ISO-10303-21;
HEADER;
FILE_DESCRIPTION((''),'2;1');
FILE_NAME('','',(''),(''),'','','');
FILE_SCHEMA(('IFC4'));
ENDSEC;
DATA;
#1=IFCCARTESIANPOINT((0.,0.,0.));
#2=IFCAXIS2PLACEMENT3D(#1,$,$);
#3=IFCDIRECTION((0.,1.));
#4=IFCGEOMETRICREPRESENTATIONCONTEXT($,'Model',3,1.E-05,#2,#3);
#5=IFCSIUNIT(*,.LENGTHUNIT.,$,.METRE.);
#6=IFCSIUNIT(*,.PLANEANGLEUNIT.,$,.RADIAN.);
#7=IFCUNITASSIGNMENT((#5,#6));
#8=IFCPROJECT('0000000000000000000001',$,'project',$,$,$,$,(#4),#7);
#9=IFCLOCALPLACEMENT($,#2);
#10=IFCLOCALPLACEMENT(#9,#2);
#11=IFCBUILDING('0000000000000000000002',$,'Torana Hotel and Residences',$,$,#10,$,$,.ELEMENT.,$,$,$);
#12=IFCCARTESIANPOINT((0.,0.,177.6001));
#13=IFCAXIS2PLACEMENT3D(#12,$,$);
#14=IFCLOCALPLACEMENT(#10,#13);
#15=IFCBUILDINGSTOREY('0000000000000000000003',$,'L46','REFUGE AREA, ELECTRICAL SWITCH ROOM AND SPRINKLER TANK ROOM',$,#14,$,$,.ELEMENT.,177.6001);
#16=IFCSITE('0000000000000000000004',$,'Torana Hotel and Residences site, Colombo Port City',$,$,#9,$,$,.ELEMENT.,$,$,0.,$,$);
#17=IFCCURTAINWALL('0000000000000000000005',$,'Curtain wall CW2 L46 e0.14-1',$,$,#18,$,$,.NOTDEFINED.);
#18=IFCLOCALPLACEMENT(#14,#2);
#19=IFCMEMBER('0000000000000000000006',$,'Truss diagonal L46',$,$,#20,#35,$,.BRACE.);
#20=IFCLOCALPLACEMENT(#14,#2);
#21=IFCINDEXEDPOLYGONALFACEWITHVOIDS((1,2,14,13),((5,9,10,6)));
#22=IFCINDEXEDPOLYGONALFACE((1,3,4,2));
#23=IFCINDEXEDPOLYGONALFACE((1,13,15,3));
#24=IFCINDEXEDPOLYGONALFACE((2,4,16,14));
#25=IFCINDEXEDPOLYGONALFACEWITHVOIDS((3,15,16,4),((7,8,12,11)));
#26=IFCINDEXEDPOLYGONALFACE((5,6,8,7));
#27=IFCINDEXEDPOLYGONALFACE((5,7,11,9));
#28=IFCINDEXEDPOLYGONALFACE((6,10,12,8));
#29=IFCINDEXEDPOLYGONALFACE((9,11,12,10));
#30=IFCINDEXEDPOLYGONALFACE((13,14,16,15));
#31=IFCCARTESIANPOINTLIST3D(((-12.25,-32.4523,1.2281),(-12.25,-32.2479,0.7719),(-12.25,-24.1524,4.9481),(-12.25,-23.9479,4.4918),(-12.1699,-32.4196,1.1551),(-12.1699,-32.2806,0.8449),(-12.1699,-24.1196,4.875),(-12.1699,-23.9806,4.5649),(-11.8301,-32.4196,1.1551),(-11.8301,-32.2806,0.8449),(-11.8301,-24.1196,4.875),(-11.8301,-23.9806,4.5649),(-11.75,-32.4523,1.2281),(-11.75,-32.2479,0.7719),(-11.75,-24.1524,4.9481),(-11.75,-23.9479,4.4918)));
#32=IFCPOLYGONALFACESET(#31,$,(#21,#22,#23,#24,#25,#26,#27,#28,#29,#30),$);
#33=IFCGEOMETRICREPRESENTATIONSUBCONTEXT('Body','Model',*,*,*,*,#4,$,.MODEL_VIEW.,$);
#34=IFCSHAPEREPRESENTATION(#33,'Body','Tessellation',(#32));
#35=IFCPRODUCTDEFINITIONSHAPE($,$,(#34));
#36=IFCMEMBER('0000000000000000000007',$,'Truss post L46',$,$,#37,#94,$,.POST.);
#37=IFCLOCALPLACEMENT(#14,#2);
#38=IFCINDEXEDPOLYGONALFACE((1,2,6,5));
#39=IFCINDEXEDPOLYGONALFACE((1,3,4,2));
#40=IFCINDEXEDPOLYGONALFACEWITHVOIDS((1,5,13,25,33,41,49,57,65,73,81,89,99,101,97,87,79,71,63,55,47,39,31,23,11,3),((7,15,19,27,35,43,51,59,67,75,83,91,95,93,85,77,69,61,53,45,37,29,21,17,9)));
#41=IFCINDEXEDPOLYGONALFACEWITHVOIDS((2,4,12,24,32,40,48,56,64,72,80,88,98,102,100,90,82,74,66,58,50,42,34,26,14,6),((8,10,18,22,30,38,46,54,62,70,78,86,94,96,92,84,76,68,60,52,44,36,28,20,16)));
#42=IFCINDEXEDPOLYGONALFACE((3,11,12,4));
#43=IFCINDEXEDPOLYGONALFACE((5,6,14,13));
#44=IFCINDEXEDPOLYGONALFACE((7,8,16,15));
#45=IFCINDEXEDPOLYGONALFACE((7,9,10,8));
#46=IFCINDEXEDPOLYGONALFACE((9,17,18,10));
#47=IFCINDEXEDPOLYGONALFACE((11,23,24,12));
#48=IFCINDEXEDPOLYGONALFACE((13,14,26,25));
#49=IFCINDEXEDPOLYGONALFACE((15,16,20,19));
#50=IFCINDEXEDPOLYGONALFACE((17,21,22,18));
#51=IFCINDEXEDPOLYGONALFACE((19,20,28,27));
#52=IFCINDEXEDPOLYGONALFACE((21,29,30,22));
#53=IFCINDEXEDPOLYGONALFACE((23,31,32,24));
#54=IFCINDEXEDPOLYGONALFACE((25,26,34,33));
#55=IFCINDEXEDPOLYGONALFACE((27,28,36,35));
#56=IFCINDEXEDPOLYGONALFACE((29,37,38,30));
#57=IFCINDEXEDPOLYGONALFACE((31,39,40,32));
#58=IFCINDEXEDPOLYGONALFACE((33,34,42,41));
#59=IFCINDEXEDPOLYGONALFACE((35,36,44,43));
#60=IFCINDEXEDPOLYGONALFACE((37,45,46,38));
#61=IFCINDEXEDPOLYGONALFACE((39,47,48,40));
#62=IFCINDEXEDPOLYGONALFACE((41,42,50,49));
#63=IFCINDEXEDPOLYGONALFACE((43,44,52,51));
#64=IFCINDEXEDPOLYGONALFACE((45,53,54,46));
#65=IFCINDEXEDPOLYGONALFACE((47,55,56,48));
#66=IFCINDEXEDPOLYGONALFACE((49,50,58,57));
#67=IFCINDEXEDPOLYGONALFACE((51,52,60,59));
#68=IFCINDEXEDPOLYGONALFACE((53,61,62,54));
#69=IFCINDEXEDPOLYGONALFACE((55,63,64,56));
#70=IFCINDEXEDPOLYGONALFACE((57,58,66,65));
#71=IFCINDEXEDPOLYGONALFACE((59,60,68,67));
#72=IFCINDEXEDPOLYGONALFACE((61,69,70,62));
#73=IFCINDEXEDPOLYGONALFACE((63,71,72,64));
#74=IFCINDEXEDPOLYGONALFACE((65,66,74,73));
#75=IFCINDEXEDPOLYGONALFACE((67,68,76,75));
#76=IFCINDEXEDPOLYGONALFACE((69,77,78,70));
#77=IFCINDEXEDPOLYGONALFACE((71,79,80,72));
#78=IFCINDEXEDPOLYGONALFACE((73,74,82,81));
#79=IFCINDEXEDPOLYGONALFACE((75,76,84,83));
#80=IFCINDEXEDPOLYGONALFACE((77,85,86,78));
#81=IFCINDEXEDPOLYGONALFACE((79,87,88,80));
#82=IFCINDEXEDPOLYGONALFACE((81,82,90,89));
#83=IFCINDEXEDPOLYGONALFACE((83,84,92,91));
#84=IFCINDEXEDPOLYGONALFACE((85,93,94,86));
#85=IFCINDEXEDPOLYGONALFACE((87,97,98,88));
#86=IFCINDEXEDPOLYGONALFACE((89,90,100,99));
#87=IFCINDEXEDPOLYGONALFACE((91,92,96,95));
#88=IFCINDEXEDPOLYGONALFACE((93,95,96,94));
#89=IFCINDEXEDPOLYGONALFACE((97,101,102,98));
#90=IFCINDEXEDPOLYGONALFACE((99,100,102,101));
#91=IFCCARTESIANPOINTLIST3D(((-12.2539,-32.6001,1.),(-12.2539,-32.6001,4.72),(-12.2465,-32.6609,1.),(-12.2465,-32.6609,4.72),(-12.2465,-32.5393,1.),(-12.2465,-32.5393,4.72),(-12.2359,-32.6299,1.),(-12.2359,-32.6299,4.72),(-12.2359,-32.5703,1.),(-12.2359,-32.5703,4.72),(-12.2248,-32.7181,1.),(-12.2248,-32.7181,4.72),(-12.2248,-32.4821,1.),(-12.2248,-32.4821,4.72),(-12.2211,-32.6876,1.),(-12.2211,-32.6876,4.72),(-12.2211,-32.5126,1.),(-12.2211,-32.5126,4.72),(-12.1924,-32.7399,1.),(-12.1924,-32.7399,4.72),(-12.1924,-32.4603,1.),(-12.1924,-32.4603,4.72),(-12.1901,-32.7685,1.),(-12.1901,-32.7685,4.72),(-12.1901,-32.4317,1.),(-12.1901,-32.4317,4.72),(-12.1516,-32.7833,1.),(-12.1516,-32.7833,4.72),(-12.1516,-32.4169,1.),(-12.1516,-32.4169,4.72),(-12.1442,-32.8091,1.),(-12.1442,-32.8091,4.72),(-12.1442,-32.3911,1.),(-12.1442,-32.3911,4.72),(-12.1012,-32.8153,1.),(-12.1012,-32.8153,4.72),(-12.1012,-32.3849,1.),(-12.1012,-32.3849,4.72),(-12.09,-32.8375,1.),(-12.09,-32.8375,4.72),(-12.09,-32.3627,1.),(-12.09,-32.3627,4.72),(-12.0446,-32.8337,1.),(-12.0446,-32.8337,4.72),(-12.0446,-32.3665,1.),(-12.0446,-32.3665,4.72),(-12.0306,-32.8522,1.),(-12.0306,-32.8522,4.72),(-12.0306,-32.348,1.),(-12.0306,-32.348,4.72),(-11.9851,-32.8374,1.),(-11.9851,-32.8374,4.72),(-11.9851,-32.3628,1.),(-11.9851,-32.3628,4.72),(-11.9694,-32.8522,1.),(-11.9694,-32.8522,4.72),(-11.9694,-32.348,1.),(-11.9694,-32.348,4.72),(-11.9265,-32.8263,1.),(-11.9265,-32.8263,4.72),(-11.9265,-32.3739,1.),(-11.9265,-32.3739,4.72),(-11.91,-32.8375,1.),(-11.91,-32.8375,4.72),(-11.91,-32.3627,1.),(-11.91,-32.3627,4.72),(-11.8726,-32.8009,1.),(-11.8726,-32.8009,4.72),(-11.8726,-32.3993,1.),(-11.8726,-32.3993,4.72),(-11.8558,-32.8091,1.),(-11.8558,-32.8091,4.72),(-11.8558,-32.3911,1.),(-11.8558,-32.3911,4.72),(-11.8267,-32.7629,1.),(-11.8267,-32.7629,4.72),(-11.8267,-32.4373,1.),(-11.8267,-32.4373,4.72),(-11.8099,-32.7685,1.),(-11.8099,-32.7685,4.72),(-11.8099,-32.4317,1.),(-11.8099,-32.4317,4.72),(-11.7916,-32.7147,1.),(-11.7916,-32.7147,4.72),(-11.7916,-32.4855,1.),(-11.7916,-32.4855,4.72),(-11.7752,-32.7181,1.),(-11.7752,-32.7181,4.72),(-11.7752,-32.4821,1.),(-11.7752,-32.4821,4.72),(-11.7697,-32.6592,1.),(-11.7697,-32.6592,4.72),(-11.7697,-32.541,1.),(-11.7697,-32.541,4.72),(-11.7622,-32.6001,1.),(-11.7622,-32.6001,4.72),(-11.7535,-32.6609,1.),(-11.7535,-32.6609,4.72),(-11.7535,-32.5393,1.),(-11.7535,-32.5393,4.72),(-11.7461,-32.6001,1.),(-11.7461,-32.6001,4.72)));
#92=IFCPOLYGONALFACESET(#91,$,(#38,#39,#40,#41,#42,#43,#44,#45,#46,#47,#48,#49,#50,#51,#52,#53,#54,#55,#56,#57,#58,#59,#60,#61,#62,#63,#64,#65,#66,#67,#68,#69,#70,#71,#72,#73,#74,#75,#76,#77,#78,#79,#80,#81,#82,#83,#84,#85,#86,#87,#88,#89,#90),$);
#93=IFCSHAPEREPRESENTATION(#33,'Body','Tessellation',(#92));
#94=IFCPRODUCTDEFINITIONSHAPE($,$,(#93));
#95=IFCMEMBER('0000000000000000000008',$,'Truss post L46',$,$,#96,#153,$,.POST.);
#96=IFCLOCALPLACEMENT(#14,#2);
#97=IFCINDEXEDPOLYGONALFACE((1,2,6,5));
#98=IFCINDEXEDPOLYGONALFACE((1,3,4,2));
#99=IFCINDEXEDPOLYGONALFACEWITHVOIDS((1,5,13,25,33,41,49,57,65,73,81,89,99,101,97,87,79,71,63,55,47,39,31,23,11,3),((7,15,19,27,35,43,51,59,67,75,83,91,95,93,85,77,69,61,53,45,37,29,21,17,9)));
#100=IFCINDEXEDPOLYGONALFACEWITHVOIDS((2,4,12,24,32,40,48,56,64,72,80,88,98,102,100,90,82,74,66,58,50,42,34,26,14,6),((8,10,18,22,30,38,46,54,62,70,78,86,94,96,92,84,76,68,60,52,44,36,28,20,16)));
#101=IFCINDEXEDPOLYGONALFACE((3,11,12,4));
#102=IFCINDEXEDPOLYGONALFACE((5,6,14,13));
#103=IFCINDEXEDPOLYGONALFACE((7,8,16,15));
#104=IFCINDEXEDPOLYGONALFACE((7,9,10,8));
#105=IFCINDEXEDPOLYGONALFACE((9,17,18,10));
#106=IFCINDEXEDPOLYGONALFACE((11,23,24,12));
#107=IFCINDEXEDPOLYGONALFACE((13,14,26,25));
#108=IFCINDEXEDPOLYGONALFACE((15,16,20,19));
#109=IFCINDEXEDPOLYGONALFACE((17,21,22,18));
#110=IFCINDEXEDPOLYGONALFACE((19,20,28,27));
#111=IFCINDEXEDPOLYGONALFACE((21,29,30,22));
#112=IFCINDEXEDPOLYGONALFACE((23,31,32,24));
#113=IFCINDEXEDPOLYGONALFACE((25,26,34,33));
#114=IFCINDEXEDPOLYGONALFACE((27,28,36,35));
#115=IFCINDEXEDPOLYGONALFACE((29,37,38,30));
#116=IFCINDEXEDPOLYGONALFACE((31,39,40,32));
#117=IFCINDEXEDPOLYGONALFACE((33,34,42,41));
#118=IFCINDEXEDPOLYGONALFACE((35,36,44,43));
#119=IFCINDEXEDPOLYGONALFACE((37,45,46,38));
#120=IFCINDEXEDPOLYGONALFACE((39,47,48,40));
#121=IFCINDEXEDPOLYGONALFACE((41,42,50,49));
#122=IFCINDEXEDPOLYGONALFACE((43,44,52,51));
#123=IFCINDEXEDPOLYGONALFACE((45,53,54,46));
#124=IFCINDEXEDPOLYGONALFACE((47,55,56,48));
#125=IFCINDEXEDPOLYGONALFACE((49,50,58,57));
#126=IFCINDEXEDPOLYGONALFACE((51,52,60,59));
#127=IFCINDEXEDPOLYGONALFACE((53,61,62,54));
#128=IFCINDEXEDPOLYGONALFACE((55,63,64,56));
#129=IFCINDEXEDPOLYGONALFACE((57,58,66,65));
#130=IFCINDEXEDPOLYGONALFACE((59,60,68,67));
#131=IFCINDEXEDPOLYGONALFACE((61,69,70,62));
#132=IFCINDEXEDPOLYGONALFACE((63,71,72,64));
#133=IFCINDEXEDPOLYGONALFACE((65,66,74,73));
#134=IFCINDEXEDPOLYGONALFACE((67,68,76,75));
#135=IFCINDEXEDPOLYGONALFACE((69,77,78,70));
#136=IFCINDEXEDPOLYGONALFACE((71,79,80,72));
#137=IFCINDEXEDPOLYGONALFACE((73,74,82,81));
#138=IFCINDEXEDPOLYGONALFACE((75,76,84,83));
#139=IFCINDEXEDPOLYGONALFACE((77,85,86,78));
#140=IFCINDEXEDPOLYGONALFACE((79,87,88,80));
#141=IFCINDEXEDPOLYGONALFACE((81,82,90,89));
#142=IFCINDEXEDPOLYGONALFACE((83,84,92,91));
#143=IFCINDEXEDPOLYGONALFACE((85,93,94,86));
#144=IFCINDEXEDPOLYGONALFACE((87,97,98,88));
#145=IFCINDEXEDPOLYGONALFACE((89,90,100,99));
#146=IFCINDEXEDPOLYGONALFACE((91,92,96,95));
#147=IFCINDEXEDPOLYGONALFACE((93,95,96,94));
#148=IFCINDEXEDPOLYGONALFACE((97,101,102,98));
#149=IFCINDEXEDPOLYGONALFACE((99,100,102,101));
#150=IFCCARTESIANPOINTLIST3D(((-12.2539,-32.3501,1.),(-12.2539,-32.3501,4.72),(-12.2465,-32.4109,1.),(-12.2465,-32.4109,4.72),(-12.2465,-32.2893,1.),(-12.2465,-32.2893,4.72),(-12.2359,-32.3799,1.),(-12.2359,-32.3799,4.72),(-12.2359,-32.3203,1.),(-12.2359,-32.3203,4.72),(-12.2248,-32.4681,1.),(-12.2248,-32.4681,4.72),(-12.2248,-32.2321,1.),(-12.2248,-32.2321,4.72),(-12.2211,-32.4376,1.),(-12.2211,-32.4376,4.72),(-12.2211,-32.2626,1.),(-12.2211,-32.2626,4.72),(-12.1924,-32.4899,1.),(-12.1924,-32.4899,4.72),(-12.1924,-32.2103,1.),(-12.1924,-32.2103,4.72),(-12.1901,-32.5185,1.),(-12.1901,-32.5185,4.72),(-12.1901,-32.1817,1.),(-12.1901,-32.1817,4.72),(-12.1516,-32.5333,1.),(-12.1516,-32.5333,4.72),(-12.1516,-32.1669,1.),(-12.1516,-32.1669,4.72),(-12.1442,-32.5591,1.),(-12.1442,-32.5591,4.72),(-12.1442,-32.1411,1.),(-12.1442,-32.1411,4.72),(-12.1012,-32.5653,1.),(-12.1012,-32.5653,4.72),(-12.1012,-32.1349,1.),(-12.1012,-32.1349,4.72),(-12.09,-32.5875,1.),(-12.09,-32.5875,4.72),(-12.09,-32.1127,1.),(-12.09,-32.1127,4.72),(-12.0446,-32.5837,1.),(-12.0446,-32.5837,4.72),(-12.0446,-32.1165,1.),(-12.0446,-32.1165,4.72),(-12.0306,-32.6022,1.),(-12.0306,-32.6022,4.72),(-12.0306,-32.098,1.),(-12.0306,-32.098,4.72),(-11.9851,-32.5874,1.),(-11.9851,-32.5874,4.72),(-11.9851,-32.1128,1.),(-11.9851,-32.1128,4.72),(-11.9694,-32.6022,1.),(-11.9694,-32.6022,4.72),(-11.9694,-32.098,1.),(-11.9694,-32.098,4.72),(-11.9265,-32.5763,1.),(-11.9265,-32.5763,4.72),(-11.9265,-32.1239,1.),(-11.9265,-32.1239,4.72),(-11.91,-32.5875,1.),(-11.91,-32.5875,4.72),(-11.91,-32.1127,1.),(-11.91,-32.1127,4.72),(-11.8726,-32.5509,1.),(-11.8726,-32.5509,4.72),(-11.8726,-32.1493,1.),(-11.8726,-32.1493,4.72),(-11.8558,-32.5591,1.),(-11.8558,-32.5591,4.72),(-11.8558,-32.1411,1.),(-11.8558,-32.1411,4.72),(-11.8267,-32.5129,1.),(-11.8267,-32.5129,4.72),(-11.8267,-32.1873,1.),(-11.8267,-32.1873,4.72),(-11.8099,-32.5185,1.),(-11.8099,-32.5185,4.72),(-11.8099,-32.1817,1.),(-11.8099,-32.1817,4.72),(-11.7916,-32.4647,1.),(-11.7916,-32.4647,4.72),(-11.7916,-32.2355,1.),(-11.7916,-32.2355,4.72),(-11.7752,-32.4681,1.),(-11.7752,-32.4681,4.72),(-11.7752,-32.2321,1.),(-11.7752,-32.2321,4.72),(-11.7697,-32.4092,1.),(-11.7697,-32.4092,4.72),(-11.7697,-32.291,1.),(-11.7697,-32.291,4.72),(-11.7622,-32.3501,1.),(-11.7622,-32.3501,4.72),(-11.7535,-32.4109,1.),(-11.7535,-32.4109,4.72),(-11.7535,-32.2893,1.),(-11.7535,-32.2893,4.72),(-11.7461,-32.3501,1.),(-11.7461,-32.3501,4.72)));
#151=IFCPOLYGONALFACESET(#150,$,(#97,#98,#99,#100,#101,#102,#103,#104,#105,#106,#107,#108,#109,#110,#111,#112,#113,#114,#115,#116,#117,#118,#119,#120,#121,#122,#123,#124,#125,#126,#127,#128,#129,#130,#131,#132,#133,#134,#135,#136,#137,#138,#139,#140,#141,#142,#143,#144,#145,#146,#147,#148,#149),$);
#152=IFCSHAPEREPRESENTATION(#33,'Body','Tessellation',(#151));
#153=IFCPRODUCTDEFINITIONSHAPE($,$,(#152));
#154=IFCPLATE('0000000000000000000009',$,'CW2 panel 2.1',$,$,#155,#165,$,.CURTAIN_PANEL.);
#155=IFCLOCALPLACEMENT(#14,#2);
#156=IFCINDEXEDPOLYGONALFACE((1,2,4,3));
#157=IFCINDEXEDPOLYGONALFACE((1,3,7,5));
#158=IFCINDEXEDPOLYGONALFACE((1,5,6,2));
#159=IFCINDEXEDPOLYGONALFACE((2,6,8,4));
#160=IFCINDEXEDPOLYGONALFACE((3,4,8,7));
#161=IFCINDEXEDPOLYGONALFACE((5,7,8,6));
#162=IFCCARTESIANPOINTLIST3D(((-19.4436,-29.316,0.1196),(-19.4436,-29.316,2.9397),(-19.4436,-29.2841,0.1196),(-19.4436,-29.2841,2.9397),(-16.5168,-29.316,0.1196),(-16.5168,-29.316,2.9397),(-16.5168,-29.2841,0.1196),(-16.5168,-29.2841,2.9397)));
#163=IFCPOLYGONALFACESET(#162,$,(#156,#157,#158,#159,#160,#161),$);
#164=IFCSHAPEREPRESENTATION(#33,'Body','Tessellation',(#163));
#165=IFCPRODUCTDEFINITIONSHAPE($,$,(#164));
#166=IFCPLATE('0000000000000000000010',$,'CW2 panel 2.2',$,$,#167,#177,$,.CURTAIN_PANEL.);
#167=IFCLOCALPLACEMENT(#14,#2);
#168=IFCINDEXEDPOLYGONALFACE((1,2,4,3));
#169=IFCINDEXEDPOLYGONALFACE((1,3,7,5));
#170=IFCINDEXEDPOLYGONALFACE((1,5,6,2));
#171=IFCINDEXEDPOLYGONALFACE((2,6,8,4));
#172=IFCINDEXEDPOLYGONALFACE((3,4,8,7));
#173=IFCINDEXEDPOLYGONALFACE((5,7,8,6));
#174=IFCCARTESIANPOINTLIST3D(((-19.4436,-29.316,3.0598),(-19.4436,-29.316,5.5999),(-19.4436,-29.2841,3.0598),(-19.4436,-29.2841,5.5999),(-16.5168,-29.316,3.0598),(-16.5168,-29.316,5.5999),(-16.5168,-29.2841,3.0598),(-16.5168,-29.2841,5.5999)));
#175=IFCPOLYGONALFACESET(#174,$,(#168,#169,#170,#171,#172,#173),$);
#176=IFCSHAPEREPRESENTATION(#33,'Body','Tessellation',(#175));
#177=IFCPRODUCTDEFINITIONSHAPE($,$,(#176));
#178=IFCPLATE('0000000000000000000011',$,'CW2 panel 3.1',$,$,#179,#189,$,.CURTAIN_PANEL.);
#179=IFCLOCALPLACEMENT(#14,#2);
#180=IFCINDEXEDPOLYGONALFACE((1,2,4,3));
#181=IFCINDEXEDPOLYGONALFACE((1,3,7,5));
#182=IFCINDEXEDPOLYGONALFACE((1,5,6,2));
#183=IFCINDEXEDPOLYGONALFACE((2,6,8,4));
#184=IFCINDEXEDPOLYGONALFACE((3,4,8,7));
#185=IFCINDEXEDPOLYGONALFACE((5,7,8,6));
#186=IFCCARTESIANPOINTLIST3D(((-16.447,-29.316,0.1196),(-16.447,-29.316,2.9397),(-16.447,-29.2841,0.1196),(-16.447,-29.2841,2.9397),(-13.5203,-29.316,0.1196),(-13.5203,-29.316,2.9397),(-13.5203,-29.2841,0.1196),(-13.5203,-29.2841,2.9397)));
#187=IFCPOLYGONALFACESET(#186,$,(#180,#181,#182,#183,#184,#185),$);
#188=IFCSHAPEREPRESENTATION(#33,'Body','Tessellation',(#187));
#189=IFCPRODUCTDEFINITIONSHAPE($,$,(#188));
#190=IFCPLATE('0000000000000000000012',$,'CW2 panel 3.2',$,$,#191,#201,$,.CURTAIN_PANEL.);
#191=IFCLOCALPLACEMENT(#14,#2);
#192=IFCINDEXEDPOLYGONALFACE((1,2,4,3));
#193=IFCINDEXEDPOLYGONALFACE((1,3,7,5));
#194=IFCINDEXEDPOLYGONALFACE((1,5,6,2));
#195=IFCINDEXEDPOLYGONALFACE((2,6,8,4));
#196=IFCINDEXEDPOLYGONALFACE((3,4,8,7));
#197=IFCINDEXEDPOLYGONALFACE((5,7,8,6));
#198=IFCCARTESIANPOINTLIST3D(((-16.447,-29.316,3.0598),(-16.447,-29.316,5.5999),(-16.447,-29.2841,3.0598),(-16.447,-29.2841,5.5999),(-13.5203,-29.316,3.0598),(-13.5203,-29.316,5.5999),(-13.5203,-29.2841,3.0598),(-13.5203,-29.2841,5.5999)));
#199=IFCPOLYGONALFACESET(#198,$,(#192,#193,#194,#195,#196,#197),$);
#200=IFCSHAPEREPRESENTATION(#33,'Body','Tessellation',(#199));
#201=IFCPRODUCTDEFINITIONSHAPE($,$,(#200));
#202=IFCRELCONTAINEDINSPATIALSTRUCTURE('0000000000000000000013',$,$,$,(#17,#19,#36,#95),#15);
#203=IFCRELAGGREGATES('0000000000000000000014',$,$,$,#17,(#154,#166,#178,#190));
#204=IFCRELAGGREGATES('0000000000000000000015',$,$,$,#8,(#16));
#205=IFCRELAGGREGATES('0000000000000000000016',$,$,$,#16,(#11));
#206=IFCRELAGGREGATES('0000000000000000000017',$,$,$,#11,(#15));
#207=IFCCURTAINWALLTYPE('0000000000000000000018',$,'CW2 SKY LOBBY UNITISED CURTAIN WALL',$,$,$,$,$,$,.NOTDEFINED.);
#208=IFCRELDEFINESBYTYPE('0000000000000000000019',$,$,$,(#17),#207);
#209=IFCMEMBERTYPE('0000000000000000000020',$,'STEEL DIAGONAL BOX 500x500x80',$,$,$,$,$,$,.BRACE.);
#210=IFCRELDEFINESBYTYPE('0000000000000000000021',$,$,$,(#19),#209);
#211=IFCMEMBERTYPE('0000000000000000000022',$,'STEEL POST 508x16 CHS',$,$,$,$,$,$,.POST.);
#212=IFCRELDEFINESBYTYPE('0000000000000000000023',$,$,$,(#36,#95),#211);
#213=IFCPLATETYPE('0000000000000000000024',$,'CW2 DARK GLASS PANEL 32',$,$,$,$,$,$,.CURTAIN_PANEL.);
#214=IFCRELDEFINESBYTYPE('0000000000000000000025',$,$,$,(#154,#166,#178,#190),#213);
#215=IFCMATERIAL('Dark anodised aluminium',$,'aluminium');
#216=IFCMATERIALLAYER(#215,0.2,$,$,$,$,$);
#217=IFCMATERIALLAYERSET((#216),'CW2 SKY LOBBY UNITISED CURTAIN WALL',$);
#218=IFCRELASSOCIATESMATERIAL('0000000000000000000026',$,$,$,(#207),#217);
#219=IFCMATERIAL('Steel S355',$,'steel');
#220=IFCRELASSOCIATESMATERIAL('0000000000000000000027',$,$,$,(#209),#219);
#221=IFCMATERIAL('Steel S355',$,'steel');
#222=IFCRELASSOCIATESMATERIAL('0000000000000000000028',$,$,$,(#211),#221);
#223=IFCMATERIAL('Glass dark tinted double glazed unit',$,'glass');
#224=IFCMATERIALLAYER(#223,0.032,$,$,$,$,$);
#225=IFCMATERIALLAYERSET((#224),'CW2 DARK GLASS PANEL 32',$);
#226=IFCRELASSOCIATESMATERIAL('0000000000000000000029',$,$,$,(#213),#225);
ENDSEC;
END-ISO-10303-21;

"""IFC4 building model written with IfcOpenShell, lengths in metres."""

from ifc_helpers import new_model, si_unit, direction, frame, origin, origin_2d, place, context, subcontext, project, spatial, rectangle, hollow_rectangle, hollow_circle, extrude, material, layer, layer_set, material_profile, profile_set, type_object, element, aggregate, save


model = new_model("IFC4")

# Units and contexts
model_context = context("Model", 3, precision=1e-05, world=origin(), true_north=direction((0.0, 1.0)))
body_context = subcontext(model_context, "Body", "Model", "MODEL_VIEW")
ifc_project = project(units=[si_unit("LENGTHUNIT", "METRE"), si_unit("PLANEANGLEUNIT", "RADIAN")], contexts=[model_context])

# Site, building, storey
site_placement = place(None, origin())
site = spatial("IfcSite", under=ifc_project, at=site_placement, Name="Torana Hotel and Residences site, Colombo Port City", CompositionType="ELEMENT", RefElevation=0.0)
building_placement = place(site_placement, origin())
building = spatial("IfcBuilding", under=site, at=building_placement, Name="Torana Hotel and Residences", CompositionType="ELEMENT")
storey_placement = place(building_placement, frame((0.0, 0.0, 177.6001)))
storey = spatial("IfcBuildingStorey", under=building, at=storey_placement, Name="L46", Description="REFUGE AREA, ELECTRICAL SWITCH ROOM AND SPRINKLER TANK ROOM", CompositionType="ELEMENT", Elevation=177.6001)

# Curtain wall
ifc_material_1 = material(Name="Dark anodised aluminium", Category="aluminium")
ifc_layer_1 = layer(ifc_material_1, 0.2)
ifc_layer_set_1 = layer_set([ifc_layer_1], Name="CW2 SKY LOBBY UNITISED CURTAIN WALL")
curtain_wall_type = type_object("IfcCurtainWallType", Name="CW2 SKY LOBBY UNITISED CURTAIN WALL", PredefinedType="NOTDEFINED", material=ifc_layer_set_1)
curtain_wall_placement = place(storey_placement, origin())
curtain_wall = element("IfcCurtainWall", 1, at=curtain_wall_placement, inside=storey, type_object=curtain_wall_type, Name="Curtain wall CW2 L46 e0.14-1", PredefinedType="NOTDEFINED")

# Members
ifc_material_2 = material(Name="Steel S355", Category="steel")
ifc_material_profile_1 = material_profile(ifc_material_2, hollow_rectangle(XDim=0.5, YDim=0.5, WallThickness=0.0801, at=origin_2d()), Name="BOX 500x500x80")
ifc_profile_set_1 = profile_set([ifc_material_profile_1], Name="Steel S355")
member_type_1 = type_object("IfcMemberType", Name="STEEL DIAGONAL BOX 500x500x80", PredefinedType="BRACE", material=ifc_profile_set_1)
member_1_placement = place(storey_placement, frame((-12.0, -32.3501, 1.0), z_axis=(0.0, 0.91254, 0.408988), x_axis=(-1.0, 0.0, 0.0)))
element("IfcMember", 2, at=member_1_placement, inside=storey, type_object=member_type_1, Name="Truss diagonal L46", PredefinedType="BRACE", context=body_context, shape_type="SweptSolid", body=[
    extrude(hollow_rectangle(XDim=0.5, YDim=0.5, WallThickness=0.0801, at=origin_2d()), origin(), (0.0, 0.0, 1.0), 9.0955),
])
ifc_material_3 = material(Name="Steel S355", Category="steel")
ifc_material_profile_2 = material_profile(ifc_material_3, hollow_circle(Radius=0.2539, WallThickness=0.0161, at=origin_2d()), Name="508x16 CHS")
ifc_profile_set_2 = profile_set([ifc_material_profile_2], Name="Steel S355")
member_type_2 = type_object("IfcMemberType", Name="STEEL POST 508x16 CHS", PredefinedType="POST", material=ifc_profile_set_2)
for number, where, z_axis, x_axis, name in (
    (3, (-12.0, -32.6001, 1.0), (0.0, 0.0, 1.0), (1.0, 0.0, 0.0), "Truss post L46"),
    (4, (-12.0, -32.3501, 1.0), (0.0, 0.0, 1.0), (1.0, 0.0, 0.0), "Truss post L46"),
):
    element("IfcMember", number, at=place(storey_placement, frame(where, z_axis=z_axis, x_axis=x_axis)), inside=storey, type_object=member_type_2, Name=name, PredefinedType="POST", context=body_context, shape_type="SweptSolid", body=[
        extrude(hollow_circle(Radius=0.2539, WallThickness=0.0161, at=origin_2d()), origin(), (0.0, 0.0, 1.0), 3.72),
    ])

# Plates
ifc_material_4 = material(Name="Glass dark tinted double glazed unit", Category="glass")
ifc_layer_2 = layer(ifc_material_4, 0.032)
ifc_layer_set_2 = layer_set([ifc_layer_2], Name="CW2 DARK GLASS PANEL 32")
plate_type = type_object("IfcPlateType", Name="CW2 DARK GLASS PANEL 32", PredefinedType="CURTAIN_PANEL", material=ifc_layer_set_2)
plate_1_placement = place(storey_placement, frame((-17.9802, -29.3, 0.1196), z_axis=(0.0, 0.0, 1.0), x_axis=(1.0, 0.0, 0.0)))
plate_1 = element("IfcPlate", 5, at=plate_1_placement, type_object=plate_type, Name="CW2 panel 2.1", PredefinedType="CURTAIN_PANEL", context=body_context, shape_type="SweptSolid", body=[
    extrude(rectangle(XDim=2.9268, YDim=0.032, at=origin_2d()), origin(), (0.0, 0.0, 1.0), 2.8201),
])
plate_2_placement = place(storey_placement, frame((-17.9802, -29.3, 3.0598), z_axis=(0.0, 0.0, 1.0), x_axis=(1.0, 0.0, 0.0)))
plate_2 = element("IfcPlate", 6, at=plate_2_placement, type_object=plate_type, Name="CW2 panel 2.2", PredefinedType="CURTAIN_PANEL", context=body_context, shape_type="SweptSolid", body=[
    extrude(rectangle(XDim=2.9268, YDim=0.032, at=origin_2d()), origin(), (0.0, 0.0, 1.0), 2.54),
])
plate_3_placement = place(storey_placement, frame((-14.9836, -29.3, 0.1196), z_axis=(0.0, 0.0, 1.0), x_axis=(1.0, 0.0, 0.0)))
plate_3 = element("IfcPlate", 7, at=plate_3_placement, type_object=plate_type, Name="CW2 panel 3.1", PredefinedType="CURTAIN_PANEL", context=body_context, shape_type="SweptSolid", body=[
    extrude(rectangle(XDim=2.9268, YDim=0.032, at=origin_2d()), origin(), (0.0, 0.0, 1.0), 2.8201),
])
plate_4_placement = place(storey_placement, frame((-14.9836, -29.3, 3.0598), z_axis=(0.0, 0.0, 1.0), x_axis=(1.0, 0.0, 0.0)))
plate_4 = element("IfcPlate", 8, at=plate_4_placement, type_object=plate_type, Name="CW2 panel 3.2", PredefinedType="CURTAIN_PANEL", context=body_context, shape_type="SweptSolid", body=[
    extrude(rectangle(XDim=2.9268, YDim=0.032, at=origin_2d()), origin(), (0.0, 0.0, 1.0), 2.54),
])
aggregate(curtain_wall, [plate_1, plate_2, plate_3, plate_4])

save(model, "model.ifc")
